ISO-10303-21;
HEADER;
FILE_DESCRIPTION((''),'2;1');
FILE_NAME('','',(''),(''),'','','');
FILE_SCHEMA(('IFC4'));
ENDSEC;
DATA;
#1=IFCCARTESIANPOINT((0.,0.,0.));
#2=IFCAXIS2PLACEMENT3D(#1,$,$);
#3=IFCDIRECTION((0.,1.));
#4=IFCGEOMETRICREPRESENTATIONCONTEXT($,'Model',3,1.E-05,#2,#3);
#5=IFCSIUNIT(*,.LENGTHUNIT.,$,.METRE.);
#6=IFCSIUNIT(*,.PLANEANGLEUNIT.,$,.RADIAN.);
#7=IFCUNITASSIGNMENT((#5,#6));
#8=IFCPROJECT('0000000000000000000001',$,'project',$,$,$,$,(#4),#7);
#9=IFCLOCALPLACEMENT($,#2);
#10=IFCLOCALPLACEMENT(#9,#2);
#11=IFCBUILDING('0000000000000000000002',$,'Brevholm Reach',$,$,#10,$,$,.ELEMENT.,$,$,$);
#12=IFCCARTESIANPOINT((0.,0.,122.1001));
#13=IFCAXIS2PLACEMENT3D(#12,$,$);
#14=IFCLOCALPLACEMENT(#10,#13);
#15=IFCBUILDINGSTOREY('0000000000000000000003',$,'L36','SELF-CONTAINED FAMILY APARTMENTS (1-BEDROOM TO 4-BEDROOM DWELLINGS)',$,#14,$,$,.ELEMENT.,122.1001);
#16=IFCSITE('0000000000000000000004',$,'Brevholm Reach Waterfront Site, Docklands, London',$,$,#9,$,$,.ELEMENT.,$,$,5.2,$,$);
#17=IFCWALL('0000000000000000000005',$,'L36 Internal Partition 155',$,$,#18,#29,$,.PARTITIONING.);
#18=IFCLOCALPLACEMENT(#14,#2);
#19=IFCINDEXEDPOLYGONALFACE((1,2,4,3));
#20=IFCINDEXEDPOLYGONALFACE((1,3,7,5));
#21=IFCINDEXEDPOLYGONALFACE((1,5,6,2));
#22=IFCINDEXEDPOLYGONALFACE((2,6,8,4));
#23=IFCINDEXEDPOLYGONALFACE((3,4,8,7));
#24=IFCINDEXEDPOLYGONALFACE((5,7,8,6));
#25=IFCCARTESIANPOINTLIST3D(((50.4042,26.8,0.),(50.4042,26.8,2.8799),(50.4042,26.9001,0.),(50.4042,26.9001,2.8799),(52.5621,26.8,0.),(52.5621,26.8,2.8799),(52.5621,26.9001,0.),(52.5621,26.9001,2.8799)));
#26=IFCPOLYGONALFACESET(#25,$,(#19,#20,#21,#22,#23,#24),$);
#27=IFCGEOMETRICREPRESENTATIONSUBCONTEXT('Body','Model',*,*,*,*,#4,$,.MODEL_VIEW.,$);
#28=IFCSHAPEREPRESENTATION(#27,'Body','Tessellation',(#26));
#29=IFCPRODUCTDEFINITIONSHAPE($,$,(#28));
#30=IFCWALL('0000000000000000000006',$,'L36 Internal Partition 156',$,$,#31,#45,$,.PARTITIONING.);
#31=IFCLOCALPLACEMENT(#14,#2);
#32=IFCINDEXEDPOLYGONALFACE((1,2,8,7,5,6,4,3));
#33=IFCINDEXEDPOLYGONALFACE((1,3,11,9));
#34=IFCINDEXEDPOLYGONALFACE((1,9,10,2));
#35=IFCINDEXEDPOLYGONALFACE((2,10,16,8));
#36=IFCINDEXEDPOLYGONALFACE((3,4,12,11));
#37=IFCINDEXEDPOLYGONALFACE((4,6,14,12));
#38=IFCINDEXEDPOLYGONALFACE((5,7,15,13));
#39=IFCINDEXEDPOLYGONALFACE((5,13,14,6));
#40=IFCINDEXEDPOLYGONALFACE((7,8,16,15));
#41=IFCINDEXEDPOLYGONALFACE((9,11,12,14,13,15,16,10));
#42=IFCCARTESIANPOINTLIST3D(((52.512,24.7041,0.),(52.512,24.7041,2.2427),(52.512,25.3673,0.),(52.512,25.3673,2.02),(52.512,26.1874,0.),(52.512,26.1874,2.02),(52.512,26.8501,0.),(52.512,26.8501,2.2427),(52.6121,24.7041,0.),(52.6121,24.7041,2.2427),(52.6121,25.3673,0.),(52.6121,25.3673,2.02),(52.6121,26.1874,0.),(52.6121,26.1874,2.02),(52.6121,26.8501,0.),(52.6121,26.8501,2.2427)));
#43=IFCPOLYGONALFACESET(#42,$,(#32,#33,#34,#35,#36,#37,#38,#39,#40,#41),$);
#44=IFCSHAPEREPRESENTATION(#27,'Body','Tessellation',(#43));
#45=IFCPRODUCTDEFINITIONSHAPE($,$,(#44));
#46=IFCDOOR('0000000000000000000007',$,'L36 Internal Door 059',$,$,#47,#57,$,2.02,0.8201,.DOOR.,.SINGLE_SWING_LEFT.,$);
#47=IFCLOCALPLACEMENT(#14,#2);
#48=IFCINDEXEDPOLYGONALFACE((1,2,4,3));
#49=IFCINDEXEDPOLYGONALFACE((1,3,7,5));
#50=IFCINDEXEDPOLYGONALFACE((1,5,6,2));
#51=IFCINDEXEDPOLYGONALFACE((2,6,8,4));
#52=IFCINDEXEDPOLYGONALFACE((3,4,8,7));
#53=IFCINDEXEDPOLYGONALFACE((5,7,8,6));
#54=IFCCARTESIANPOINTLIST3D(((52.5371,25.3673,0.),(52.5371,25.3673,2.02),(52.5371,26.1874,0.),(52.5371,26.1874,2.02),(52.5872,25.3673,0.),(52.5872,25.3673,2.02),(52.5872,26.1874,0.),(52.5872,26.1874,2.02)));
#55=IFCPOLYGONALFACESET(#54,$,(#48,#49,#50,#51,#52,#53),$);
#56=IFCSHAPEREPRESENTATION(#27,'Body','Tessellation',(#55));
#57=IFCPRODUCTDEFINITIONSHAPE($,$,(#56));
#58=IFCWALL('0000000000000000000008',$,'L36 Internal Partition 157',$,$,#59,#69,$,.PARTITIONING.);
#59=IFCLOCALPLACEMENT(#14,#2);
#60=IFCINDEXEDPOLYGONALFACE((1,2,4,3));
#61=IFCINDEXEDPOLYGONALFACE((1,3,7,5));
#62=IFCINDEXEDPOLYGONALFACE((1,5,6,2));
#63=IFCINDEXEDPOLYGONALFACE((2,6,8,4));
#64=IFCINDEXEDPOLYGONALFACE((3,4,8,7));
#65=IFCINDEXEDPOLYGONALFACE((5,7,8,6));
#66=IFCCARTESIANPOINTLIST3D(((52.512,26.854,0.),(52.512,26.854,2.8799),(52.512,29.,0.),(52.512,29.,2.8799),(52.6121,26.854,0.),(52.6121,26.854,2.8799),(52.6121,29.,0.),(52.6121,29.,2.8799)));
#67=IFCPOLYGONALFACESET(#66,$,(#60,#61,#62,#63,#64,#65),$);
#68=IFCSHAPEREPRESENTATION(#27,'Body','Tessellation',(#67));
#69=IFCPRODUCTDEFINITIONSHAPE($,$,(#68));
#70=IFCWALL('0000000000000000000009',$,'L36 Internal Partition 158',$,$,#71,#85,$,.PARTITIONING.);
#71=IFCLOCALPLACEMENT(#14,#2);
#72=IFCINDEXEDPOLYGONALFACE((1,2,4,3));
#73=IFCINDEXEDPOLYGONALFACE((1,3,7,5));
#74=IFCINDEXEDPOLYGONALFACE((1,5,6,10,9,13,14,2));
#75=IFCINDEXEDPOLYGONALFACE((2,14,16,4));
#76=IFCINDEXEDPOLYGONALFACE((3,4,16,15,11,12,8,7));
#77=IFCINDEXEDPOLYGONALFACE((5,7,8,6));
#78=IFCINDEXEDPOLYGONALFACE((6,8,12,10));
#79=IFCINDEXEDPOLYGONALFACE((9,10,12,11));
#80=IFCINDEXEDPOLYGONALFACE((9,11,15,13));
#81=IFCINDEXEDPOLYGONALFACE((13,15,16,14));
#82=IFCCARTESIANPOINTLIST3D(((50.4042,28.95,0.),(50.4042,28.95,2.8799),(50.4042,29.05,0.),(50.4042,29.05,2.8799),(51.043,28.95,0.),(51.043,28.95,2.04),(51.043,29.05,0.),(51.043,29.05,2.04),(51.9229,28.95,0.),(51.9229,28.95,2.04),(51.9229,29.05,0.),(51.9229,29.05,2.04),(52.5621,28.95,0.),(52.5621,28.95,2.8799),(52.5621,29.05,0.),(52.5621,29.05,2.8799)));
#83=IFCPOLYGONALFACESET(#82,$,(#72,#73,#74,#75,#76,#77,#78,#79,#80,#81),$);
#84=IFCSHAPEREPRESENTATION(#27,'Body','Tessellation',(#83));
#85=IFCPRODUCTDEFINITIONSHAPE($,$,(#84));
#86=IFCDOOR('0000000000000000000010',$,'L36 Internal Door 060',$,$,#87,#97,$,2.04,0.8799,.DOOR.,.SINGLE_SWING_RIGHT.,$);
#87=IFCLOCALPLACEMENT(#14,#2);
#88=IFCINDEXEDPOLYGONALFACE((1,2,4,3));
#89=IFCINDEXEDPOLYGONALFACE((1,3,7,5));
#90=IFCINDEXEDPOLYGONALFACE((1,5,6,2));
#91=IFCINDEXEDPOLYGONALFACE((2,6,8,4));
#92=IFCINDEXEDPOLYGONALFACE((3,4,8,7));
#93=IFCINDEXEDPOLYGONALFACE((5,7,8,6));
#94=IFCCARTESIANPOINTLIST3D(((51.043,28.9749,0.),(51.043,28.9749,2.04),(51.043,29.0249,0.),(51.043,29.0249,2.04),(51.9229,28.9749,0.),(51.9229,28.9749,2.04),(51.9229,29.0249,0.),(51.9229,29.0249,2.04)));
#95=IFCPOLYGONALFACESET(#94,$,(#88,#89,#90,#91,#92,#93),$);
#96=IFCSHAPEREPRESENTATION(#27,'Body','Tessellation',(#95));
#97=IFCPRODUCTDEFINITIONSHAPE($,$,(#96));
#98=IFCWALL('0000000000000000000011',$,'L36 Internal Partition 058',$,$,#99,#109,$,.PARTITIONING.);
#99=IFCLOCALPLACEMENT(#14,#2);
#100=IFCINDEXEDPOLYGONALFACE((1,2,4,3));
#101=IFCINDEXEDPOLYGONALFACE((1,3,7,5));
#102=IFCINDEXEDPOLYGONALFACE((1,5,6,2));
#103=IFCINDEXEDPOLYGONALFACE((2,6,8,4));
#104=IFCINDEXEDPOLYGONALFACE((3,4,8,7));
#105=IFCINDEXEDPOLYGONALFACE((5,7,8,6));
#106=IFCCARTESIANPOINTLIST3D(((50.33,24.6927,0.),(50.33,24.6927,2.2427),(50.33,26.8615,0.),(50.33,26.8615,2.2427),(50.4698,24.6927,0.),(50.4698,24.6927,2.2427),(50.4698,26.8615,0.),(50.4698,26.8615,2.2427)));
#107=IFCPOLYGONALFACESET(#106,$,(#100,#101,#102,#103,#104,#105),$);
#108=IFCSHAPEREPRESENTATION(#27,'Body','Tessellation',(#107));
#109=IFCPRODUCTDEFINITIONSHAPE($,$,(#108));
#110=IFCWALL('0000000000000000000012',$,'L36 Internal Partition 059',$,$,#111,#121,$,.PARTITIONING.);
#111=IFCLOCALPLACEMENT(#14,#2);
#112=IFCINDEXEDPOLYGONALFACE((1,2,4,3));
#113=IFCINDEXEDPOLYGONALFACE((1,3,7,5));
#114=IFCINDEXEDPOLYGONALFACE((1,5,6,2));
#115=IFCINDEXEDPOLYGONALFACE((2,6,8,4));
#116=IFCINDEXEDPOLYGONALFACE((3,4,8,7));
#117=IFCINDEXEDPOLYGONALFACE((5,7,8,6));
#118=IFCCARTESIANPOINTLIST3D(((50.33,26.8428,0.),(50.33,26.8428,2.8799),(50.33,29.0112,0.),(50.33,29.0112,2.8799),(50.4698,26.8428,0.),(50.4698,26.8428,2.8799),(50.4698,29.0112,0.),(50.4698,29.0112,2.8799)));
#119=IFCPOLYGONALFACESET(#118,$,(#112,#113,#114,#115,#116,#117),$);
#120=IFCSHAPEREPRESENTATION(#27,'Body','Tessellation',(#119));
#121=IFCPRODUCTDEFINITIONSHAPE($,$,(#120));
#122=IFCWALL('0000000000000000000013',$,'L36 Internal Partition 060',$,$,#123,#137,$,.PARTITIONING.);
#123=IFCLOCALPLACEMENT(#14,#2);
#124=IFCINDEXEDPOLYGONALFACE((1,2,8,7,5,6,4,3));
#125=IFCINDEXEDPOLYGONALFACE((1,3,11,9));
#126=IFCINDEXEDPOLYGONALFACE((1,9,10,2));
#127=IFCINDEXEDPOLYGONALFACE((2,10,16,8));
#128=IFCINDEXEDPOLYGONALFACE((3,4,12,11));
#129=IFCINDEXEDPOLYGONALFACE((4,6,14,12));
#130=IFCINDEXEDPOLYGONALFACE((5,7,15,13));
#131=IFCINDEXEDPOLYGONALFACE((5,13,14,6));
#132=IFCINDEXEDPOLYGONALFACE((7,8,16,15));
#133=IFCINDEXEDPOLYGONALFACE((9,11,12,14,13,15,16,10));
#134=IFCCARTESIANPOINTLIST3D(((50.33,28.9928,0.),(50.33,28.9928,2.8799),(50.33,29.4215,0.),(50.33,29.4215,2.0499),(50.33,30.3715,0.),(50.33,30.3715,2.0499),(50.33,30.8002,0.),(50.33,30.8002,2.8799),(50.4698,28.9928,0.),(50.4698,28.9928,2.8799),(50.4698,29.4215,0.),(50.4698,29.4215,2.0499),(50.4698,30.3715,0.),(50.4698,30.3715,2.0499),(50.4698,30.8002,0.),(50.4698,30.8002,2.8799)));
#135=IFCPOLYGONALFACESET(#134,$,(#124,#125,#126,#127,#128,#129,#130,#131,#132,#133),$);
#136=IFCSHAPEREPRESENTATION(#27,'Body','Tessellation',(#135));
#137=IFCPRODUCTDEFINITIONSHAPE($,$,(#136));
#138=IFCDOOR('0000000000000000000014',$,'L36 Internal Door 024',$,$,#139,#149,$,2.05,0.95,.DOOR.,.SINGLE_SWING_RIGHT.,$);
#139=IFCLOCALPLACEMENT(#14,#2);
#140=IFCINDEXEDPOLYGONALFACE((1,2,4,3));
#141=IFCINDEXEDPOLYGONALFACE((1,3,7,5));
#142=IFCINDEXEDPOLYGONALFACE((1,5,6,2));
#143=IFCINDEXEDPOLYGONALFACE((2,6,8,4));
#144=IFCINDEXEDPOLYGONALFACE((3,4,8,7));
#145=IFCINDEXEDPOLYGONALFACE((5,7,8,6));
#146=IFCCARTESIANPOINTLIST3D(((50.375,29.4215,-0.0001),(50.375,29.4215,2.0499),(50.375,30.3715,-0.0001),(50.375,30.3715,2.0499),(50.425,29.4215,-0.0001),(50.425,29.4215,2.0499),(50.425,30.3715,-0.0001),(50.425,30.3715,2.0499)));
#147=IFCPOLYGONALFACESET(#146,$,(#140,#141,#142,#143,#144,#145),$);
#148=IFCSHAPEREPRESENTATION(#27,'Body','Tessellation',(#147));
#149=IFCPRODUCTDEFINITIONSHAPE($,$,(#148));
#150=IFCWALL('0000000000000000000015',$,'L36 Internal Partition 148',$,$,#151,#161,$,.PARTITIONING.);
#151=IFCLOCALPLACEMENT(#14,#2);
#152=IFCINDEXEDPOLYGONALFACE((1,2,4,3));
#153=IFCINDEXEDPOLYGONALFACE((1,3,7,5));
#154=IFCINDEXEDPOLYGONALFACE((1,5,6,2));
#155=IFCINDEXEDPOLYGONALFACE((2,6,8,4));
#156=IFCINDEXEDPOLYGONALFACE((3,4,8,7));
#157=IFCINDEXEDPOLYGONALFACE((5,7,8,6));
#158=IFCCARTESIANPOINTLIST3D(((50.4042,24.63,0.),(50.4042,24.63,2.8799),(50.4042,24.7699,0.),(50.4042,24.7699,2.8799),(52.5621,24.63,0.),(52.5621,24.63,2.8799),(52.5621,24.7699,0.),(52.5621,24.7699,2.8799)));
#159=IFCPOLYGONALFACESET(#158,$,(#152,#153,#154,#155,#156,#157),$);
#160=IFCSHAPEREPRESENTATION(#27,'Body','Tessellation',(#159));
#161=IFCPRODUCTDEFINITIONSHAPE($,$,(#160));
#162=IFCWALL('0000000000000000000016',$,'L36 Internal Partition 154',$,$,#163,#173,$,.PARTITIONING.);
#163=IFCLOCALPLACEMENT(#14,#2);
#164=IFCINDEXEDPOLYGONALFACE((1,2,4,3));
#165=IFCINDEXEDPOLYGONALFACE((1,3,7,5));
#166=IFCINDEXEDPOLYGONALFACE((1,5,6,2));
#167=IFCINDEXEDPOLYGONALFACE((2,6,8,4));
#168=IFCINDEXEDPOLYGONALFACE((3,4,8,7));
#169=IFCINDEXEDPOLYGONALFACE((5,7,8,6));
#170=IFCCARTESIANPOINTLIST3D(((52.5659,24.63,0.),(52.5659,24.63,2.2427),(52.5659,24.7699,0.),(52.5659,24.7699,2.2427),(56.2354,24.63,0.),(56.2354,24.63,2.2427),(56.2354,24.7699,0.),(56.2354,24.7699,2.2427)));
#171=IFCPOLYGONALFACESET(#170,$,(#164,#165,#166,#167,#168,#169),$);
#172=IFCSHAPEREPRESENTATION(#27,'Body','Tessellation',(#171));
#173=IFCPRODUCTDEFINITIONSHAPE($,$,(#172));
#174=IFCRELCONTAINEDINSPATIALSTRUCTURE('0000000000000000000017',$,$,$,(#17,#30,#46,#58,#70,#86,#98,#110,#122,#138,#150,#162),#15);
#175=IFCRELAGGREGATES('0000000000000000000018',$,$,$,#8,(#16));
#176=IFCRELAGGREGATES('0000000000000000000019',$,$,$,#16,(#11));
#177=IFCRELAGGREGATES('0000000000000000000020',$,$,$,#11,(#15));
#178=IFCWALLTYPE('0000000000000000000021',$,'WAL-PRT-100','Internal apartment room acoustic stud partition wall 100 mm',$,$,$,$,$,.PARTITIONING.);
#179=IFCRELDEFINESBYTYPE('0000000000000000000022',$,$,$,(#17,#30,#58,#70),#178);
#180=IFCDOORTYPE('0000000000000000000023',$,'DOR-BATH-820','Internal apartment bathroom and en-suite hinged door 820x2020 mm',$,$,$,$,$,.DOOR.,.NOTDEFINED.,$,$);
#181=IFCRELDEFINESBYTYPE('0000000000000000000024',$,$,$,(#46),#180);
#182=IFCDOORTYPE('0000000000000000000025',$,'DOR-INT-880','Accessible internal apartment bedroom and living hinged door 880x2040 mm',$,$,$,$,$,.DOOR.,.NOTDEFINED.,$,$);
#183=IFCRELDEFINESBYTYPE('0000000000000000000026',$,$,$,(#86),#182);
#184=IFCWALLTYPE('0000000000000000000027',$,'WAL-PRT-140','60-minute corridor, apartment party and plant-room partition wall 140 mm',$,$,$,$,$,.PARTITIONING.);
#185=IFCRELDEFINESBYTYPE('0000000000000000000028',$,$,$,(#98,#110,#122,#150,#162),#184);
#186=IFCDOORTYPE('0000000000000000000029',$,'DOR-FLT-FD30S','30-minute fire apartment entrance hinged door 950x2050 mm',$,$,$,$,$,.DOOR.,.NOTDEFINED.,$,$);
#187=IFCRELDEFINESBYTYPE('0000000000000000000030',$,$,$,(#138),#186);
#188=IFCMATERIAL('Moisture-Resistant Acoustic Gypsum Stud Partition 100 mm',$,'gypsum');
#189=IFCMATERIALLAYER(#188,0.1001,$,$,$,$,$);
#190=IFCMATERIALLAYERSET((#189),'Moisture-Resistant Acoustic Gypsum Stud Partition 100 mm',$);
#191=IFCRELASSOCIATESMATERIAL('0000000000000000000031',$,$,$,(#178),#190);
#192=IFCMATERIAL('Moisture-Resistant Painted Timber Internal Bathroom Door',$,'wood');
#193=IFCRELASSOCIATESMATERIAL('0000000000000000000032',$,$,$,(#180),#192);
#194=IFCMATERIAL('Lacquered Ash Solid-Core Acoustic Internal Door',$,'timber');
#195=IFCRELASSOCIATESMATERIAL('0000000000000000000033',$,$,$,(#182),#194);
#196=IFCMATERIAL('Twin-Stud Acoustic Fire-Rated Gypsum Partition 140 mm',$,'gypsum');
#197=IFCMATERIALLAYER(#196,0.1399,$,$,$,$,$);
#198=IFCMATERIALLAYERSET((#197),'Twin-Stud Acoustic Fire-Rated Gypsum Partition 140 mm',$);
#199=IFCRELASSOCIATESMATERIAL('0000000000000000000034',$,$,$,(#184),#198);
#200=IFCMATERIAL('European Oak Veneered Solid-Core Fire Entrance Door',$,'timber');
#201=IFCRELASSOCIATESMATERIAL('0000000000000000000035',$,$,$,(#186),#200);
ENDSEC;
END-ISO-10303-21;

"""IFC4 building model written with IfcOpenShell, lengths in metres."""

from ifc_helpers import new_model, si_unit, direction, frame, frame_2d, origin, place, context, subcontext, project, spatial, rectangle, extrude, material, layer, layer_set, type_object, element, fill, save


model = new_model("IFC4")

# Units and contexts
model_context = context("Model", 3, precision=1e-05, world=origin(), true_north=direction((0.0, 1.0)))
body_context = subcontext(model_context, "Body", "Model", "MODEL_VIEW")
ifc_project = project(units=[si_unit("LENGTHUNIT", "METRE"), si_unit("PLANEANGLEUNIT", "RADIAN")], contexts=[model_context])

# Site, building, storey
site_placement = place(None, origin())
site = spatial("IfcSite", under=ifc_project, at=site_placement, Name="Brevholm Reach Waterfront Site, Docklands, London", CompositionType="ELEMENT", RefElevation=5.2)
building_placement = place(site_placement, origin())
building = spatial("IfcBuilding", under=site, at=building_placement, Name="Brevholm Reach", CompositionType="ELEMENT")
storey_placement = place(building_placement, frame((0.0, 0.0, 122.1001)))
storey = spatial("IfcBuildingStorey", under=building, at=storey_placement, Name="L36", Description="SELF-CONTAINED FAMILY APARTMENTS (1-BEDROOM TO 4-BEDROOM DWELLINGS)", CompositionType="ELEMENT", Elevation=122.1001)

# Wall
ifc_material_1 = material(Name="Moisture-Resistant Acoustic Gypsum Stud Partition 100 mm", Category="gypsum")
ifc_layer_1 = layer(ifc_material_1, 0.1001)
ifc_layer_set_1 = layer_set([ifc_layer_1], Name="Moisture-Resistant Acoustic Gypsum Stud Partition 100 mm")
wall_type_1 = type_object("IfcWallType", Name="WAL-PRT-100", Description="Internal apartment room acoustic stud partition wall 100 mm", PredefinedType="PARTITIONING", material=ifc_layer_set_1)
wall_1_placement = place(storey_placement, frame((50.4041, 26.8501, 0.0), z_axis=(0.0, 0.0, 1.0), x_axis=(1.0, 0.0, 0.0)))
element("IfcWall", 1, at=wall_1_placement, inside=storey, type_object=wall_type_1, Name="L36 Internal Partition 155", PredefinedType="PARTITIONING", context=body_context, shape_type="SweptSolid", body=[
    extrude(rectangle(XDim=2.158, YDim=0.1001, at=frame_2d((1.0791, 0.0))), origin(), (0.0, 0.0, 1.0), 2.8799),
])

# Wall, opening, door
wall_2_placement = place(storey_placement, frame((52.562, 24.7041, 0.0), z_axis=(0.0, 0.0, 1.0), x_axis=(0.0, 1.0, 0.0)))
wall_2 = element("IfcWall", 2, at=wall_2_placement, inside=storey, type_object=wall_type_1, Name="L36 Internal Partition 156", PredefinedType="PARTITIONING", context=body_context, shape_type="SweptSolid", body=[
    extrude(rectangle(XDim=2.146, YDim=0.1001, at=frame_2d((1.073, 0.0))), origin(), (0.0, 0.0, 1.0), 2.2427),
])
opening_1_placement = place(wall_2_placement, frame((0.6631, 0.0, 0.0)))
opening_1 = element("IfcOpeningElement", 3, at=opening_1_placement, cuts=wall_2, PredefinedType="OPENING", context=body_context, shape_type="SweptSolid", body=[
    extrude(rectangle(XDim=0.8201, YDim=2.02, at=frame_2d((0.4102, 1.01))), frame((0.0, 0.0601, 0.0), z_axis=(0.0, -1.0, 0.0), x_axis=(1.0, 0.0, 0.0)), (0.0, 0.0, 1.0), 0.1201),
])
ifc_material_2 = material(Name="Moisture-Resistant Painted Timber Internal Bathroom Door", Category="wood")
door_type_1 = type_object("IfcDoorType", Name="DOR-BATH-820", Description="Internal apartment bathroom and en-suite hinged door 820x2020 mm", OperationType="NOTDEFINED", PredefinedType="DOOR", material=ifc_material_2)
door_1_placement = place(opening_1_placement, origin())
door_1 = element("IfcDoor", 4, at=door_1_placement, inside=storey, type_object=door_type_1, Name="L36 Internal Door 059", OperationType="SINGLE_SWING_LEFT", OverallHeight=2.02, OverallWidth=0.8201, PredefinedType="DOOR", context=body_context, shape_type="SweptSolid", body=[
    extrude(rectangle(XDim=0.8201, YDim=2.02, at=frame_2d((0.4102, 1.01))), frame((0.0, 0.0249, 0.0), z_axis=(0.0, -1.0, 0.0), x_axis=(1.0, 0.0, 0.0)), (0.0, 0.0, 1.0), 0.05),
])
fill(opening_1, door_1)

# Wall
wall_3_placement = place(storey_placement, frame((52.562, 26.854, 0.0), z_axis=(0.0, 0.0, 1.0), x_axis=(0.0, 1.0, 0.0)))
element("IfcWall", 5, at=wall_3_placement, inside=storey, type_object=wall_type_1, Name="L36 Internal Partition 157", PredefinedType="PARTITIONING", context=body_context, shape_type="SweptSolid", body=[
    extrude(rectangle(XDim=2.146, YDim=0.1001, at=frame_2d((1.073, 0.0))), origin(), (0.0, 0.0, 1.0), 2.8799),
])

# Wall, opening, door
wall_4_placement = place(storey_placement, frame((50.4041, 29.0, 0.0), z_axis=(0.0, 0.0, 1.0), x_axis=(1.0, 0.0, 0.0)))
wall_4 = element("IfcWall", 6, at=wall_4_placement, inside=storey, type_object=wall_type_1, Name="L36 Internal Partition 158", PredefinedType="PARTITIONING", context=body_context, shape_type="SweptSolid", body=[
    extrude(rectangle(XDim=2.158, YDim=0.1001, at=frame_2d((1.0791, 0.0))), origin(), (0.0, 0.0, 1.0), 2.8799),
])
opening_2_placement = place(wall_4_placement, frame((0.6389, 0.0, 0.0)))
opening_2 = element("IfcOpeningElement", 7, at=opening_2_placement, cuts=wall_4, PredefinedType="OPENING", context=body_context, shape_type="SweptSolid", body=[
    extrude(rectangle(XDim=0.8799, YDim=2.04, at=frame_2d((0.4399, 1.02))), frame((0.0, 0.0601, 0.0), z_axis=(0.0, -1.0, 0.0), x_axis=(1.0, 0.0, 0.0)), (0.0, 0.0, 1.0), 0.1201),
])
ifc_material_3 = material(Name="Lacquered Ash Solid-Core Acoustic Internal Door", Category="timber")
door_type_2 = type_object("IfcDoorType", Name="DOR-INT-880", Description="Accessible internal apartment bedroom and living hinged door 880x2040 mm", OperationType="NOTDEFINED", PredefinedType="DOOR", material=ifc_material_3)
door_2_placement = place(opening_2_placement, origin())
door_2 = element("IfcDoor", 8, at=door_2_placement, inside=storey, type_object=door_type_2, Name="L36 Internal Door 060", OperationType="SINGLE_SWING_RIGHT", OverallHeight=2.04, OverallWidth=0.8799, PredefinedType="DOOR", context=body_context, shape_type="SweptSolid", body=[
    extrude(rectangle(XDim=0.8799, YDim=2.04, at=frame_2d((0.4399, 1.02))), frame((0.0, 0.0249, 0.0), z_axis=(0.0, -1.0, 0.0), x_axis=(1.0, 0.0, 0.0)), (0.0, 0.0, 1.0), 0.05),
])
fill(opening_2, door_2)

# Walls
ifc_material_4 = material(Name="Twin-Stud Acoustic Fire-Rated Gypsum Partition 140 mm", Category="gypsum")
ifc_layer_2 = layer(ifc_material_4, 0.1399)
ifc_layer_set_2 = layer_set([ifc_layer_2], Name="Twin-Stud Acoustic Fire-Rated Gypsum Partition 140 mm")
wall_type_2 = type_object("IfcWallType", Name="WAL-PRT-140", Description="60-minute corridor, apartment party and plant-room partition wall 140 mm", PredefinedType="PARTITIONING", material=ifc_layer_set_2)
wall_5_placement = place(storey_placement, frame((50.3999, 24.6926, 0.0), z_axis=(0.0, 0.0, 1.0), x_axis=(0.0, 1.0, 0.0)))
element("IfcWall", 9, at=wall_5_placement, inside=storey, type_object=wall_type_2, Name="L36 Internal Partition 058", PredefinedType="PARTITIONING", context=body_context, shape_type="SweptSolid", body=[
    extrude(rectangle(XDim=2.1687, YDim=0.1399, at=frame_2d((1.0845, 0.0))), origin(), (0.0, 0.0, 1.0), 2.2427),
])
wall_6_placement = place(storey_placement, frame((50.3999, 26.8428, 0.0), z_axis=(0.0, 0.0, 1.0), x_axis=(0.0, 1.0, 0.0)))
element("IfcWall", 10, at=wall_6_placement, inside=storey, type_object=wall_type_2, Name="L36 Internal Partition 059", PredefinedType="PARTITIONING", context=body_context, shape_type="SweptSolid", body=[
    extrude(rectangle(XDim=2.1685, YDim=0.1399, at=frame_2d((1.0842, 0.0))), origin(), (0.0, 0.0, 1.0), 2.8799),
])

# Wall, opening, door
wall_7_placement = place(storey_placement, frame((50.3999, 28.9927, 0.0), z_axis=(0.0, 0.0, 1.0), x_axis=(0.0, 1.0, 0.0)))
wall_7 = element("IfcWall", 11, at=wall_7_placement, inside=storey, type_object=wall_type_2, Name="L36 Internal Partition 060", PredefinedType="PARTITIONING", context=body_context, shape_type="SweptSolid", body=[
    extrude(rectangle(XDim=1.8074, YDim=0.1399, at=frame_2d((0.9038, 0.0))), origin(), (0.0, 0.0, 1.0), 2.8799),
])
opening_3_placement = place(wall_7_placement, frame((0.4287, 0.0, 0.0)))
opening_3 = element("IfcOpeningElement", 12, at=opening_3_placement, cuts=wall_7, PredefinedType="OPENING", context=body_context, shape_type="SweptSolid", body=[
    extrude(rectangle(XDim=0.95, YDim=2.05, at=frame_2d((0.4751, 1.0249))), frame((0.0, 0.0798, 0.0), z_axis=(0.0, -1.0, 0.0), x_axis=(1.0, 0.0, 0.0)), (0.0, 0.0, 1.0), 0.1599),
])
ifc_material_5 = material(Name="European Oak Veneered Solid-Core Fire Entrance Door", Category="timber")
door_type_3 = type_object("IfcDoorType", Name="DOR-FLT-FD30S", Description="30-minute fire apartment entrance hinged door 950x2050 mm", OperationType="NOTDEFINED", PredefinedType="DOOR", material=ifc_material_5)
door_3_placement = place(opening_3_placement, origin())
door_3 = element("IfcDoor", 13, at=door_3_placement, inside=storey, type_object=door_type_3, Name="L36 Internal Door 024", OperationType="SINGLE_SWING_RIGHT", OverallHeight=2.05, OverallWidth=0.95, PredefinedType="DOOR", context=body_context, shape_type="SweptSolid", body=[
    extrude(rectangle(XDim=0.95, YDim=2.05, at=frame_2d((0.4751, 1.0249))), frame((0.0, 0.0249, 0.0), z_axis=(0.0, -1.0, 0.0), x_axis=(1.0, 0.0, 0.0)), (0.0, 0.0, 1.0), 0.05),
])
fill(opening_3, door_3)

# Walls
wall_8_placement = place(storey_placement, frame((50.4041, 24.7, 0.0), z_axis=(0.0, 0.0, 1.0), x_axis=(1.0, 0.0, 0.0)))
element("IfcWall", 14, at=wall_8_placement, inside=storey, type_object=wall_type_2, Name="L36 Internal Partition 148", PredefinedType="PARTITIONING", context=body_context, shape_type="SweptSolid", body=[
    extrude(rectangle(XDim=2.158, YDim=0.1399, at=frame_2d((1.0791, 0.0))), origin(), (0.0, 0.0, 1.0), 2.8799),
])
wall_9_placement = place(storey_placement, frame((52.5659, 24.7, 0.0), z_axis=(0.0, 0.0, 1.0), x_axis=(1.0, 0.0, 0.0)))
element("IfcWall", 15, at=wall_9_placement, inside=storey, type_object=wall_type_2, Name="L36 Internal Partition 154", PredefinedType="PARTITIONING", context=body_context, shape_type="SweptSolid", body=[
    extrude(rectangle(XDim=3.6694, YDim=0.1399, at=frame_2d((1.8347, 0.0))), origin(), (0.0, 0.0, 1.0), 2.2427),
])

save(model, "model.ifc")
